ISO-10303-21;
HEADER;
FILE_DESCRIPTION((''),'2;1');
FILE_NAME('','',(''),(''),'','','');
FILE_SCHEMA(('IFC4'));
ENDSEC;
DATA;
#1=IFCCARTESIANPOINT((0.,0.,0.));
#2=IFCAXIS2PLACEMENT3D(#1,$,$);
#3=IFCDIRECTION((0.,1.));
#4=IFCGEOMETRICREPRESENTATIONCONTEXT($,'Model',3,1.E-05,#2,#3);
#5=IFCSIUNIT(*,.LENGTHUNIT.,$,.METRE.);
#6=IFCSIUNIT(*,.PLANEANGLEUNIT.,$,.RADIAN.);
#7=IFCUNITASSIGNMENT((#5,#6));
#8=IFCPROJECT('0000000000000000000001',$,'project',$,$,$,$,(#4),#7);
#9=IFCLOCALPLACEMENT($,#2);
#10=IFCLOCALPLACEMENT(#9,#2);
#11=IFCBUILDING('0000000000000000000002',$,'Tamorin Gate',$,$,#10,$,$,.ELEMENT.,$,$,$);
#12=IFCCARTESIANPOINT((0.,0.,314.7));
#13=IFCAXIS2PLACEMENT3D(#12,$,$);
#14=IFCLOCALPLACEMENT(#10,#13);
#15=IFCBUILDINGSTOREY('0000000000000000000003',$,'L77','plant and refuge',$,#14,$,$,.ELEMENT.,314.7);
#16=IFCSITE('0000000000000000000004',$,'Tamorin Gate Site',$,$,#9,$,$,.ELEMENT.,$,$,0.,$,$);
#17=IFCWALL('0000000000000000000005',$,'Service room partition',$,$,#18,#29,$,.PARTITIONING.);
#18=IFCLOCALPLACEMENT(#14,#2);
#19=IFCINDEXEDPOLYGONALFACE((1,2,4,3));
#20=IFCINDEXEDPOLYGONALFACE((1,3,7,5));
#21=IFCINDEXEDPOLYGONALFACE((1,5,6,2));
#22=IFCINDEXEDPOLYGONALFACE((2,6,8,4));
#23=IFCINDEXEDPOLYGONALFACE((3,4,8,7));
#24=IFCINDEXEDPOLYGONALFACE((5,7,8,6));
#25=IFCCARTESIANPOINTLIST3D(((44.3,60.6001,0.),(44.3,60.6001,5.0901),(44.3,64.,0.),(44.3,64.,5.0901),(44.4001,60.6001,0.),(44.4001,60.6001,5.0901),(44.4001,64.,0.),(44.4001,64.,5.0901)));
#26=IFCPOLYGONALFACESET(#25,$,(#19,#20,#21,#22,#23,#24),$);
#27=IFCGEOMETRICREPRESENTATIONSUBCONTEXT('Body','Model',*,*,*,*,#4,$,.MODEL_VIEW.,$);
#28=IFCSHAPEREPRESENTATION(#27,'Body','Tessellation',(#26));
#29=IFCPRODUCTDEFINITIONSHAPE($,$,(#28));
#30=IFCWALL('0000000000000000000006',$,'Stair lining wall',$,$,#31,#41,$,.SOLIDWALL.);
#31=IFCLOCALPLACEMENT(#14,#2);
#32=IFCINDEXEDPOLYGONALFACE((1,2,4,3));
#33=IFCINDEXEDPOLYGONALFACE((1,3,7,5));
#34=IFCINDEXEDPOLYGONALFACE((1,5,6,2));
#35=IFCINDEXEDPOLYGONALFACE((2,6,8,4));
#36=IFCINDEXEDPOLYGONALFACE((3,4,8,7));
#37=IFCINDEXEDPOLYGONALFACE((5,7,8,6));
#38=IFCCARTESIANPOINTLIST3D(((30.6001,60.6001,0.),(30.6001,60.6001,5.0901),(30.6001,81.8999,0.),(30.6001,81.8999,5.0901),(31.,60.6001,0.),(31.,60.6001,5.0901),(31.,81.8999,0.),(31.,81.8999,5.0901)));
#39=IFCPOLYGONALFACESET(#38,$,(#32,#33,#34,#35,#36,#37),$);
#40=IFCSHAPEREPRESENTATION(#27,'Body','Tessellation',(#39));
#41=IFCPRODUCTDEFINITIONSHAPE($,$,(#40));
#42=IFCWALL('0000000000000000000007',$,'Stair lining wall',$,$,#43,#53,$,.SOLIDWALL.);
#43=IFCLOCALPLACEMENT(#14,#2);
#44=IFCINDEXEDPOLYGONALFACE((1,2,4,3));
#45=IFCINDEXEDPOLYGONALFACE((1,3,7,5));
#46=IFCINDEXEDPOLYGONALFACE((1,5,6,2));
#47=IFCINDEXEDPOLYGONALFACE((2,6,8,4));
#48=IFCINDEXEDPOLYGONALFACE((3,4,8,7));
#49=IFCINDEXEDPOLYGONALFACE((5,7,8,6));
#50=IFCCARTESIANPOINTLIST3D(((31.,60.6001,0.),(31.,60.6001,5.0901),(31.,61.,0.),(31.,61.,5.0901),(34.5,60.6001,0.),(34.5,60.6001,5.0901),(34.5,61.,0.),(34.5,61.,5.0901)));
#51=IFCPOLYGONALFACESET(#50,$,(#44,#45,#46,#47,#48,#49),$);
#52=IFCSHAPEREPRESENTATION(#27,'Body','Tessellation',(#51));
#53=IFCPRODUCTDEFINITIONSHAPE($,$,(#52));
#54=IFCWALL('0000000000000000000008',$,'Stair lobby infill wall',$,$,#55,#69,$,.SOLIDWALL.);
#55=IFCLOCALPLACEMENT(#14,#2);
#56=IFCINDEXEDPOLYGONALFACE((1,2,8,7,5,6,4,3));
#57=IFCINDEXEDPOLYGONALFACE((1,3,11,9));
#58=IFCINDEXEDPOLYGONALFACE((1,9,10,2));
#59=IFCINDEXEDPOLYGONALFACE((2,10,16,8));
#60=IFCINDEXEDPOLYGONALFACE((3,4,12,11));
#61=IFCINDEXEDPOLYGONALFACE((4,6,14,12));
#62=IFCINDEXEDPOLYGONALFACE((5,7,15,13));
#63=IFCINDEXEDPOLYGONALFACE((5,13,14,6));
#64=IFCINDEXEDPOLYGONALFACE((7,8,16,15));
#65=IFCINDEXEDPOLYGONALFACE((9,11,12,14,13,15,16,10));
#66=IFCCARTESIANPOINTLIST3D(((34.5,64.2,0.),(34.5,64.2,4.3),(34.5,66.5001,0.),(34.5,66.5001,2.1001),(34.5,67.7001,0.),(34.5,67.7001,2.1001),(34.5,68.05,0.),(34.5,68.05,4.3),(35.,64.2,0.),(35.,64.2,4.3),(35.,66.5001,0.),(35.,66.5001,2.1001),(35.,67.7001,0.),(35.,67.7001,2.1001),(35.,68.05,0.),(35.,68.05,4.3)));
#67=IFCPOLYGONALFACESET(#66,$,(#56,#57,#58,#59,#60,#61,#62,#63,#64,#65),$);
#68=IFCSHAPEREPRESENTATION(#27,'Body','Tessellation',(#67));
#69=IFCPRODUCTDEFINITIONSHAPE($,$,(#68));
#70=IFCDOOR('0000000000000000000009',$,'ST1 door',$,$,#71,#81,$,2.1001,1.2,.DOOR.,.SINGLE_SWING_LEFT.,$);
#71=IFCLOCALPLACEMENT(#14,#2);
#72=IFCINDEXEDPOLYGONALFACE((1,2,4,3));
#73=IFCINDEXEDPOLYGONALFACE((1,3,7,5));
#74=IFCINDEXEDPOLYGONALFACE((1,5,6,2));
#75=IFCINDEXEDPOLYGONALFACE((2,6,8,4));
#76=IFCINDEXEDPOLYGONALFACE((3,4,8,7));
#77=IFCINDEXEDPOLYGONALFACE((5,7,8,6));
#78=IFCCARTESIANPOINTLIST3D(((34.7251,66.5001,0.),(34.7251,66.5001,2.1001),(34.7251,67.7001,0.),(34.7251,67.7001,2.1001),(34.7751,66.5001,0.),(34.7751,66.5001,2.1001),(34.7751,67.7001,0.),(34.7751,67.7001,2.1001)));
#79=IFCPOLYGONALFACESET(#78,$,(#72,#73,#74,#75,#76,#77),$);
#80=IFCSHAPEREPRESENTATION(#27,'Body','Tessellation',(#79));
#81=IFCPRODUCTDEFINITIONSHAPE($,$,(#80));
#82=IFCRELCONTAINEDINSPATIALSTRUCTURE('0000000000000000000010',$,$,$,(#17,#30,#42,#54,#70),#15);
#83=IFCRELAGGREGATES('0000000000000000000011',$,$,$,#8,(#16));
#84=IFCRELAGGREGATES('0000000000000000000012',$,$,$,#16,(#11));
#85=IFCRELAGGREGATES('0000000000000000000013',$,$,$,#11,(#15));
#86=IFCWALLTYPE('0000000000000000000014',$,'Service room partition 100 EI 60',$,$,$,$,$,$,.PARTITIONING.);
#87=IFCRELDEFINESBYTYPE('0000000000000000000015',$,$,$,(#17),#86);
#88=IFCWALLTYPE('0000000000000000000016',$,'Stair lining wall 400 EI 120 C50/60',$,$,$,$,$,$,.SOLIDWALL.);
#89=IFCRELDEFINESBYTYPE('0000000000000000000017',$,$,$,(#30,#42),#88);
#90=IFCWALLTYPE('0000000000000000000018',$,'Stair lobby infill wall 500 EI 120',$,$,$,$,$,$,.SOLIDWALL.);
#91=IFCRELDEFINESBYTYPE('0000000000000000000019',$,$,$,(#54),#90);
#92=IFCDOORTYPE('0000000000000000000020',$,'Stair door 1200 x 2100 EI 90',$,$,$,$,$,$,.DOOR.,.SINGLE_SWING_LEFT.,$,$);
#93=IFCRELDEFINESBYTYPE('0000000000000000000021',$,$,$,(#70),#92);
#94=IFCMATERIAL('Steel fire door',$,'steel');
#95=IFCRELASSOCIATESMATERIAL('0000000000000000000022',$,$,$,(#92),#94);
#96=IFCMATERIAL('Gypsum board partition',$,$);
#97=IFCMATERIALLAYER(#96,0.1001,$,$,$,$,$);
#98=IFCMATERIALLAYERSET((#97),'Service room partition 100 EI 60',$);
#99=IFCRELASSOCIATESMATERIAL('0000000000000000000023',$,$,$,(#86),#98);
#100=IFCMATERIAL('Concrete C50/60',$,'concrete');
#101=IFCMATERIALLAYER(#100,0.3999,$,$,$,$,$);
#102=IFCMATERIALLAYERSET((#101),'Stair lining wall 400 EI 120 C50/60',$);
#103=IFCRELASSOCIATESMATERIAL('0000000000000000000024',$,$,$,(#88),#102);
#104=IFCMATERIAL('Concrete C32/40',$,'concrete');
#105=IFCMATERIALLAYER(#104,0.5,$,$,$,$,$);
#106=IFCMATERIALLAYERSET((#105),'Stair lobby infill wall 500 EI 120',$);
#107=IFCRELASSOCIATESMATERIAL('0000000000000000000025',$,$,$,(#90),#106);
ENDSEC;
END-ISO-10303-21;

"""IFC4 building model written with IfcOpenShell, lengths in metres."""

from ifc_helpers import new_model, si_unit, direction, frame, frame_2d, origin, place, context, subcontext, project, spatial, rectangle, extrude, material, layer, layer_set, type_object, element, fill, save


model = new_model("IFC4")

# Units and contexts
model_context = context("Model", 3, precision=1e-05, world=origin(), true_north=direction((0.0, 1.0)))
body_context = subcontext(model_context, "Body", "Model", "MODEL_VIEW")
ifc_project = project(units=[si_unit("LENGTHUNIT", "METRE"), si_unit("PLANEANGLEUNIT", "RADIAN")], contexts=[model_context])

# Site, building, storey
site_placement = place(None, origin())
site = spatial("IfcSite", under=ifc_project, at=site_placement, Name="Tamorin Gate Site", CompositionType="ELEMENT", RefElevation=0.0)
building_placement = place(site_placement, origin())
building = spatial("IfcBuilding", under=site, at=building_placement, Name="Tamorin Gate", CompositionType="ELEMENT")
storey_placement = place(building_placement, frame((0.0, 0.0, 314.7)))
storey = spatial("IfcBuildingStorey", under=building, at=storey_placement, Name="L77", Description="plant and refuge", CompositionType="ELEMENT", Elevation=314.7)

# Shared definitions
ifc_material_1 = material(Name="Concrete C50/60", Category="concrete")

# Shared definitions
ifc_material_2 = material(Name="Gypsum board partition")

# Shared definitions
ifc_material_3 = material(Name="Steel fire door", Category="steel")
door_type_1 = type_object("IfcDoorType", Name="Stair door 1200 x 2100 EI 90", OperationType="SINGLE_SWING_LEFT", PredefinedType="DOOR", material=ifc_material_3)

# Walls
ifc_layer_1 = layer(ifc_material_2, 0.1001)
ifc_layer_set_1 = layer_set([ifc_layer_1], Name="Service room partition 100 EI 60")
wall_type_1 = type_object("IfcWallType", Name="Service room partition 100 EI 60", PredefinedType="PARTITIONING", material=ifc_layer_set_1)
wall_1_placement = place(storey_placement, frame((44.3501, 60.6001, 0.0), z_axis=(0.0, 0.0, 1.0), x_axis=(0.0, 1.0, 0.0)))
element("IfcWall", 1, at=wall_1_placement, inside=storey, type_object=wall_type_1, Name="Service room partition", PredefinedType="PARTITIONING", context=body_context, shape_type="SweptSolid", body=[
    extrude(rectangle(XDim=3.3999, YDim=0.1001, at=frame_2d((1.7, 0.0))), origin(), (0.0, 0.0, 1.0), 5.0901),
])
ifc_layer_2 = layer(ifc_material_1, 0.3999)
ifc_layer_set_2 = layer_set([ifc_layer_2], Name="Stair lining wall 400 EI 120 C50/60")
wall_type_2 = type_object("IfcWallType", Name="Stair lining wall 400 EI 120 C50/60", PredefinedType="SOLIDWALL", material=ifc_layer_set_2)
wall_2_placement = place(storey_placement, frame((30.8, 60.6001, 0.0), z_axis=(0.0, 0.0, 1.0), x_axis=(0.0, 1.0, 0.0)))
element("IfcWall", 2, at=wall_2_placement, inside=storey, type_object=wall_type_2, Name="Stair lining wall", PredefinedType="SOLIDWALL", context=body_context, shape_type="SweptSolid", body=[
    extrude(rectangle(XDim=21.2998, YDim=0.3999, at=frame_2d((10.6499, 0.0))), origin(), (0.0, 0.0, 1.0), 5.0901),
])
wall_3_placement = place(storey_placement, frame((31.0, 60.8, 0.0), z_axis=(0.0, 0.0, 1.0), x_axis=(1.0, 0.0, 0.0)))
element("IfcWall", 3, at=wall_3_placement, inside=storey, type_object=wall_type_2, Name="Stair lining wall", PredefinedType="SOLIDWALL", context=body_context, shape_type="SweptSolid", body=[
    extrude(rectangle(XDim=3.5, YDim=0.3999, at=frame_2d((1.75, 0.0))), origin(), (0.0, 0.0, 1.0), 5.0901),
])

# Wall, opening, door
ifc_material_4 = material(Name="Concrete C32/40", Category="concrete")
ifc_layer_3 = layer(ifc_material_4, 0.5)
ifc_layer_set_3 = layer_set([ifc_layer_3], Name="Stair lobby infill wall 500 EI 120")
wall_type_3 = type_object("IfcWallType", Name="Stair lobby infill wall 500 EI 120", PredefinedType="SOLIDWALL", material=ifc_layer_set_3)
wall_4_placement = place(storey_placement, frame((34.75, 64.2, 0.0), z_axis=(0.0, 0.0, 1.0), x_axis=(0.0, 1.0, 0.0)))
wall_4 = element("IfcWall", 4, at=wall_4_placement, inside=storey, type_object=wall_type_3, Name="Stair lobby infill wall", PredefinedType="SOLIDWALL", context=body_context, shape_type="SweptSolid", body=[
    extrude(rectangle(XDim=3.8501, YDim=0.5, at=frame_2d((1.925, 0.0))), origin(), (0.0, 0.0, 1.0), 4.3),
])
opening_1_placement = place(wall_4_placement, frame((2.3, 0.0, 0.0)))
opening_1 = element("IfcOpeningElement", 5, at=opening_1_placement, cuts=wall_4, PredefinedType="OPENING", context=body_context, shape_type="SweptSolid", body=[
    extrude(rectangle(XDim=1.2, YDim=2.1001, at=frame_2d((0.6001, 1.05))), frame((0.0, 0.26, 0.0), z_axis=(0.0, -1.0, 0.0), x_axis=(1.0, 0.0, 0.0)), (0.0, 0.0, 1.0), 0.52),
])
door_1_placement = place(opening_1_placement, origin())
door_1 = element("IfcDoor", 6, at=door_1_placement, inside=storey, type_object=door_type_1, Name="ST1 door", OperationType="SINGLE_SWING_LEFT", OverallHeight=2.1001, OverallWidth=1.2, PredefinedType="DOOR", context=body_context, shape_type="SweptSolid", body=[
    extrude(rectangle(XDim=1.2, YDim=2.1001, at=frame_2d((0.6001, 1.05))), frame((0.0, 0.0249, 0.0), z_axis=(0.0, -1.0, 0.0), x_axis=(1.0, 0.0, 0.0)), (0.0, 0.0, 1.0), 0.05),
])
fill(opening_1, door_1)

save(model, "model.ifc")
